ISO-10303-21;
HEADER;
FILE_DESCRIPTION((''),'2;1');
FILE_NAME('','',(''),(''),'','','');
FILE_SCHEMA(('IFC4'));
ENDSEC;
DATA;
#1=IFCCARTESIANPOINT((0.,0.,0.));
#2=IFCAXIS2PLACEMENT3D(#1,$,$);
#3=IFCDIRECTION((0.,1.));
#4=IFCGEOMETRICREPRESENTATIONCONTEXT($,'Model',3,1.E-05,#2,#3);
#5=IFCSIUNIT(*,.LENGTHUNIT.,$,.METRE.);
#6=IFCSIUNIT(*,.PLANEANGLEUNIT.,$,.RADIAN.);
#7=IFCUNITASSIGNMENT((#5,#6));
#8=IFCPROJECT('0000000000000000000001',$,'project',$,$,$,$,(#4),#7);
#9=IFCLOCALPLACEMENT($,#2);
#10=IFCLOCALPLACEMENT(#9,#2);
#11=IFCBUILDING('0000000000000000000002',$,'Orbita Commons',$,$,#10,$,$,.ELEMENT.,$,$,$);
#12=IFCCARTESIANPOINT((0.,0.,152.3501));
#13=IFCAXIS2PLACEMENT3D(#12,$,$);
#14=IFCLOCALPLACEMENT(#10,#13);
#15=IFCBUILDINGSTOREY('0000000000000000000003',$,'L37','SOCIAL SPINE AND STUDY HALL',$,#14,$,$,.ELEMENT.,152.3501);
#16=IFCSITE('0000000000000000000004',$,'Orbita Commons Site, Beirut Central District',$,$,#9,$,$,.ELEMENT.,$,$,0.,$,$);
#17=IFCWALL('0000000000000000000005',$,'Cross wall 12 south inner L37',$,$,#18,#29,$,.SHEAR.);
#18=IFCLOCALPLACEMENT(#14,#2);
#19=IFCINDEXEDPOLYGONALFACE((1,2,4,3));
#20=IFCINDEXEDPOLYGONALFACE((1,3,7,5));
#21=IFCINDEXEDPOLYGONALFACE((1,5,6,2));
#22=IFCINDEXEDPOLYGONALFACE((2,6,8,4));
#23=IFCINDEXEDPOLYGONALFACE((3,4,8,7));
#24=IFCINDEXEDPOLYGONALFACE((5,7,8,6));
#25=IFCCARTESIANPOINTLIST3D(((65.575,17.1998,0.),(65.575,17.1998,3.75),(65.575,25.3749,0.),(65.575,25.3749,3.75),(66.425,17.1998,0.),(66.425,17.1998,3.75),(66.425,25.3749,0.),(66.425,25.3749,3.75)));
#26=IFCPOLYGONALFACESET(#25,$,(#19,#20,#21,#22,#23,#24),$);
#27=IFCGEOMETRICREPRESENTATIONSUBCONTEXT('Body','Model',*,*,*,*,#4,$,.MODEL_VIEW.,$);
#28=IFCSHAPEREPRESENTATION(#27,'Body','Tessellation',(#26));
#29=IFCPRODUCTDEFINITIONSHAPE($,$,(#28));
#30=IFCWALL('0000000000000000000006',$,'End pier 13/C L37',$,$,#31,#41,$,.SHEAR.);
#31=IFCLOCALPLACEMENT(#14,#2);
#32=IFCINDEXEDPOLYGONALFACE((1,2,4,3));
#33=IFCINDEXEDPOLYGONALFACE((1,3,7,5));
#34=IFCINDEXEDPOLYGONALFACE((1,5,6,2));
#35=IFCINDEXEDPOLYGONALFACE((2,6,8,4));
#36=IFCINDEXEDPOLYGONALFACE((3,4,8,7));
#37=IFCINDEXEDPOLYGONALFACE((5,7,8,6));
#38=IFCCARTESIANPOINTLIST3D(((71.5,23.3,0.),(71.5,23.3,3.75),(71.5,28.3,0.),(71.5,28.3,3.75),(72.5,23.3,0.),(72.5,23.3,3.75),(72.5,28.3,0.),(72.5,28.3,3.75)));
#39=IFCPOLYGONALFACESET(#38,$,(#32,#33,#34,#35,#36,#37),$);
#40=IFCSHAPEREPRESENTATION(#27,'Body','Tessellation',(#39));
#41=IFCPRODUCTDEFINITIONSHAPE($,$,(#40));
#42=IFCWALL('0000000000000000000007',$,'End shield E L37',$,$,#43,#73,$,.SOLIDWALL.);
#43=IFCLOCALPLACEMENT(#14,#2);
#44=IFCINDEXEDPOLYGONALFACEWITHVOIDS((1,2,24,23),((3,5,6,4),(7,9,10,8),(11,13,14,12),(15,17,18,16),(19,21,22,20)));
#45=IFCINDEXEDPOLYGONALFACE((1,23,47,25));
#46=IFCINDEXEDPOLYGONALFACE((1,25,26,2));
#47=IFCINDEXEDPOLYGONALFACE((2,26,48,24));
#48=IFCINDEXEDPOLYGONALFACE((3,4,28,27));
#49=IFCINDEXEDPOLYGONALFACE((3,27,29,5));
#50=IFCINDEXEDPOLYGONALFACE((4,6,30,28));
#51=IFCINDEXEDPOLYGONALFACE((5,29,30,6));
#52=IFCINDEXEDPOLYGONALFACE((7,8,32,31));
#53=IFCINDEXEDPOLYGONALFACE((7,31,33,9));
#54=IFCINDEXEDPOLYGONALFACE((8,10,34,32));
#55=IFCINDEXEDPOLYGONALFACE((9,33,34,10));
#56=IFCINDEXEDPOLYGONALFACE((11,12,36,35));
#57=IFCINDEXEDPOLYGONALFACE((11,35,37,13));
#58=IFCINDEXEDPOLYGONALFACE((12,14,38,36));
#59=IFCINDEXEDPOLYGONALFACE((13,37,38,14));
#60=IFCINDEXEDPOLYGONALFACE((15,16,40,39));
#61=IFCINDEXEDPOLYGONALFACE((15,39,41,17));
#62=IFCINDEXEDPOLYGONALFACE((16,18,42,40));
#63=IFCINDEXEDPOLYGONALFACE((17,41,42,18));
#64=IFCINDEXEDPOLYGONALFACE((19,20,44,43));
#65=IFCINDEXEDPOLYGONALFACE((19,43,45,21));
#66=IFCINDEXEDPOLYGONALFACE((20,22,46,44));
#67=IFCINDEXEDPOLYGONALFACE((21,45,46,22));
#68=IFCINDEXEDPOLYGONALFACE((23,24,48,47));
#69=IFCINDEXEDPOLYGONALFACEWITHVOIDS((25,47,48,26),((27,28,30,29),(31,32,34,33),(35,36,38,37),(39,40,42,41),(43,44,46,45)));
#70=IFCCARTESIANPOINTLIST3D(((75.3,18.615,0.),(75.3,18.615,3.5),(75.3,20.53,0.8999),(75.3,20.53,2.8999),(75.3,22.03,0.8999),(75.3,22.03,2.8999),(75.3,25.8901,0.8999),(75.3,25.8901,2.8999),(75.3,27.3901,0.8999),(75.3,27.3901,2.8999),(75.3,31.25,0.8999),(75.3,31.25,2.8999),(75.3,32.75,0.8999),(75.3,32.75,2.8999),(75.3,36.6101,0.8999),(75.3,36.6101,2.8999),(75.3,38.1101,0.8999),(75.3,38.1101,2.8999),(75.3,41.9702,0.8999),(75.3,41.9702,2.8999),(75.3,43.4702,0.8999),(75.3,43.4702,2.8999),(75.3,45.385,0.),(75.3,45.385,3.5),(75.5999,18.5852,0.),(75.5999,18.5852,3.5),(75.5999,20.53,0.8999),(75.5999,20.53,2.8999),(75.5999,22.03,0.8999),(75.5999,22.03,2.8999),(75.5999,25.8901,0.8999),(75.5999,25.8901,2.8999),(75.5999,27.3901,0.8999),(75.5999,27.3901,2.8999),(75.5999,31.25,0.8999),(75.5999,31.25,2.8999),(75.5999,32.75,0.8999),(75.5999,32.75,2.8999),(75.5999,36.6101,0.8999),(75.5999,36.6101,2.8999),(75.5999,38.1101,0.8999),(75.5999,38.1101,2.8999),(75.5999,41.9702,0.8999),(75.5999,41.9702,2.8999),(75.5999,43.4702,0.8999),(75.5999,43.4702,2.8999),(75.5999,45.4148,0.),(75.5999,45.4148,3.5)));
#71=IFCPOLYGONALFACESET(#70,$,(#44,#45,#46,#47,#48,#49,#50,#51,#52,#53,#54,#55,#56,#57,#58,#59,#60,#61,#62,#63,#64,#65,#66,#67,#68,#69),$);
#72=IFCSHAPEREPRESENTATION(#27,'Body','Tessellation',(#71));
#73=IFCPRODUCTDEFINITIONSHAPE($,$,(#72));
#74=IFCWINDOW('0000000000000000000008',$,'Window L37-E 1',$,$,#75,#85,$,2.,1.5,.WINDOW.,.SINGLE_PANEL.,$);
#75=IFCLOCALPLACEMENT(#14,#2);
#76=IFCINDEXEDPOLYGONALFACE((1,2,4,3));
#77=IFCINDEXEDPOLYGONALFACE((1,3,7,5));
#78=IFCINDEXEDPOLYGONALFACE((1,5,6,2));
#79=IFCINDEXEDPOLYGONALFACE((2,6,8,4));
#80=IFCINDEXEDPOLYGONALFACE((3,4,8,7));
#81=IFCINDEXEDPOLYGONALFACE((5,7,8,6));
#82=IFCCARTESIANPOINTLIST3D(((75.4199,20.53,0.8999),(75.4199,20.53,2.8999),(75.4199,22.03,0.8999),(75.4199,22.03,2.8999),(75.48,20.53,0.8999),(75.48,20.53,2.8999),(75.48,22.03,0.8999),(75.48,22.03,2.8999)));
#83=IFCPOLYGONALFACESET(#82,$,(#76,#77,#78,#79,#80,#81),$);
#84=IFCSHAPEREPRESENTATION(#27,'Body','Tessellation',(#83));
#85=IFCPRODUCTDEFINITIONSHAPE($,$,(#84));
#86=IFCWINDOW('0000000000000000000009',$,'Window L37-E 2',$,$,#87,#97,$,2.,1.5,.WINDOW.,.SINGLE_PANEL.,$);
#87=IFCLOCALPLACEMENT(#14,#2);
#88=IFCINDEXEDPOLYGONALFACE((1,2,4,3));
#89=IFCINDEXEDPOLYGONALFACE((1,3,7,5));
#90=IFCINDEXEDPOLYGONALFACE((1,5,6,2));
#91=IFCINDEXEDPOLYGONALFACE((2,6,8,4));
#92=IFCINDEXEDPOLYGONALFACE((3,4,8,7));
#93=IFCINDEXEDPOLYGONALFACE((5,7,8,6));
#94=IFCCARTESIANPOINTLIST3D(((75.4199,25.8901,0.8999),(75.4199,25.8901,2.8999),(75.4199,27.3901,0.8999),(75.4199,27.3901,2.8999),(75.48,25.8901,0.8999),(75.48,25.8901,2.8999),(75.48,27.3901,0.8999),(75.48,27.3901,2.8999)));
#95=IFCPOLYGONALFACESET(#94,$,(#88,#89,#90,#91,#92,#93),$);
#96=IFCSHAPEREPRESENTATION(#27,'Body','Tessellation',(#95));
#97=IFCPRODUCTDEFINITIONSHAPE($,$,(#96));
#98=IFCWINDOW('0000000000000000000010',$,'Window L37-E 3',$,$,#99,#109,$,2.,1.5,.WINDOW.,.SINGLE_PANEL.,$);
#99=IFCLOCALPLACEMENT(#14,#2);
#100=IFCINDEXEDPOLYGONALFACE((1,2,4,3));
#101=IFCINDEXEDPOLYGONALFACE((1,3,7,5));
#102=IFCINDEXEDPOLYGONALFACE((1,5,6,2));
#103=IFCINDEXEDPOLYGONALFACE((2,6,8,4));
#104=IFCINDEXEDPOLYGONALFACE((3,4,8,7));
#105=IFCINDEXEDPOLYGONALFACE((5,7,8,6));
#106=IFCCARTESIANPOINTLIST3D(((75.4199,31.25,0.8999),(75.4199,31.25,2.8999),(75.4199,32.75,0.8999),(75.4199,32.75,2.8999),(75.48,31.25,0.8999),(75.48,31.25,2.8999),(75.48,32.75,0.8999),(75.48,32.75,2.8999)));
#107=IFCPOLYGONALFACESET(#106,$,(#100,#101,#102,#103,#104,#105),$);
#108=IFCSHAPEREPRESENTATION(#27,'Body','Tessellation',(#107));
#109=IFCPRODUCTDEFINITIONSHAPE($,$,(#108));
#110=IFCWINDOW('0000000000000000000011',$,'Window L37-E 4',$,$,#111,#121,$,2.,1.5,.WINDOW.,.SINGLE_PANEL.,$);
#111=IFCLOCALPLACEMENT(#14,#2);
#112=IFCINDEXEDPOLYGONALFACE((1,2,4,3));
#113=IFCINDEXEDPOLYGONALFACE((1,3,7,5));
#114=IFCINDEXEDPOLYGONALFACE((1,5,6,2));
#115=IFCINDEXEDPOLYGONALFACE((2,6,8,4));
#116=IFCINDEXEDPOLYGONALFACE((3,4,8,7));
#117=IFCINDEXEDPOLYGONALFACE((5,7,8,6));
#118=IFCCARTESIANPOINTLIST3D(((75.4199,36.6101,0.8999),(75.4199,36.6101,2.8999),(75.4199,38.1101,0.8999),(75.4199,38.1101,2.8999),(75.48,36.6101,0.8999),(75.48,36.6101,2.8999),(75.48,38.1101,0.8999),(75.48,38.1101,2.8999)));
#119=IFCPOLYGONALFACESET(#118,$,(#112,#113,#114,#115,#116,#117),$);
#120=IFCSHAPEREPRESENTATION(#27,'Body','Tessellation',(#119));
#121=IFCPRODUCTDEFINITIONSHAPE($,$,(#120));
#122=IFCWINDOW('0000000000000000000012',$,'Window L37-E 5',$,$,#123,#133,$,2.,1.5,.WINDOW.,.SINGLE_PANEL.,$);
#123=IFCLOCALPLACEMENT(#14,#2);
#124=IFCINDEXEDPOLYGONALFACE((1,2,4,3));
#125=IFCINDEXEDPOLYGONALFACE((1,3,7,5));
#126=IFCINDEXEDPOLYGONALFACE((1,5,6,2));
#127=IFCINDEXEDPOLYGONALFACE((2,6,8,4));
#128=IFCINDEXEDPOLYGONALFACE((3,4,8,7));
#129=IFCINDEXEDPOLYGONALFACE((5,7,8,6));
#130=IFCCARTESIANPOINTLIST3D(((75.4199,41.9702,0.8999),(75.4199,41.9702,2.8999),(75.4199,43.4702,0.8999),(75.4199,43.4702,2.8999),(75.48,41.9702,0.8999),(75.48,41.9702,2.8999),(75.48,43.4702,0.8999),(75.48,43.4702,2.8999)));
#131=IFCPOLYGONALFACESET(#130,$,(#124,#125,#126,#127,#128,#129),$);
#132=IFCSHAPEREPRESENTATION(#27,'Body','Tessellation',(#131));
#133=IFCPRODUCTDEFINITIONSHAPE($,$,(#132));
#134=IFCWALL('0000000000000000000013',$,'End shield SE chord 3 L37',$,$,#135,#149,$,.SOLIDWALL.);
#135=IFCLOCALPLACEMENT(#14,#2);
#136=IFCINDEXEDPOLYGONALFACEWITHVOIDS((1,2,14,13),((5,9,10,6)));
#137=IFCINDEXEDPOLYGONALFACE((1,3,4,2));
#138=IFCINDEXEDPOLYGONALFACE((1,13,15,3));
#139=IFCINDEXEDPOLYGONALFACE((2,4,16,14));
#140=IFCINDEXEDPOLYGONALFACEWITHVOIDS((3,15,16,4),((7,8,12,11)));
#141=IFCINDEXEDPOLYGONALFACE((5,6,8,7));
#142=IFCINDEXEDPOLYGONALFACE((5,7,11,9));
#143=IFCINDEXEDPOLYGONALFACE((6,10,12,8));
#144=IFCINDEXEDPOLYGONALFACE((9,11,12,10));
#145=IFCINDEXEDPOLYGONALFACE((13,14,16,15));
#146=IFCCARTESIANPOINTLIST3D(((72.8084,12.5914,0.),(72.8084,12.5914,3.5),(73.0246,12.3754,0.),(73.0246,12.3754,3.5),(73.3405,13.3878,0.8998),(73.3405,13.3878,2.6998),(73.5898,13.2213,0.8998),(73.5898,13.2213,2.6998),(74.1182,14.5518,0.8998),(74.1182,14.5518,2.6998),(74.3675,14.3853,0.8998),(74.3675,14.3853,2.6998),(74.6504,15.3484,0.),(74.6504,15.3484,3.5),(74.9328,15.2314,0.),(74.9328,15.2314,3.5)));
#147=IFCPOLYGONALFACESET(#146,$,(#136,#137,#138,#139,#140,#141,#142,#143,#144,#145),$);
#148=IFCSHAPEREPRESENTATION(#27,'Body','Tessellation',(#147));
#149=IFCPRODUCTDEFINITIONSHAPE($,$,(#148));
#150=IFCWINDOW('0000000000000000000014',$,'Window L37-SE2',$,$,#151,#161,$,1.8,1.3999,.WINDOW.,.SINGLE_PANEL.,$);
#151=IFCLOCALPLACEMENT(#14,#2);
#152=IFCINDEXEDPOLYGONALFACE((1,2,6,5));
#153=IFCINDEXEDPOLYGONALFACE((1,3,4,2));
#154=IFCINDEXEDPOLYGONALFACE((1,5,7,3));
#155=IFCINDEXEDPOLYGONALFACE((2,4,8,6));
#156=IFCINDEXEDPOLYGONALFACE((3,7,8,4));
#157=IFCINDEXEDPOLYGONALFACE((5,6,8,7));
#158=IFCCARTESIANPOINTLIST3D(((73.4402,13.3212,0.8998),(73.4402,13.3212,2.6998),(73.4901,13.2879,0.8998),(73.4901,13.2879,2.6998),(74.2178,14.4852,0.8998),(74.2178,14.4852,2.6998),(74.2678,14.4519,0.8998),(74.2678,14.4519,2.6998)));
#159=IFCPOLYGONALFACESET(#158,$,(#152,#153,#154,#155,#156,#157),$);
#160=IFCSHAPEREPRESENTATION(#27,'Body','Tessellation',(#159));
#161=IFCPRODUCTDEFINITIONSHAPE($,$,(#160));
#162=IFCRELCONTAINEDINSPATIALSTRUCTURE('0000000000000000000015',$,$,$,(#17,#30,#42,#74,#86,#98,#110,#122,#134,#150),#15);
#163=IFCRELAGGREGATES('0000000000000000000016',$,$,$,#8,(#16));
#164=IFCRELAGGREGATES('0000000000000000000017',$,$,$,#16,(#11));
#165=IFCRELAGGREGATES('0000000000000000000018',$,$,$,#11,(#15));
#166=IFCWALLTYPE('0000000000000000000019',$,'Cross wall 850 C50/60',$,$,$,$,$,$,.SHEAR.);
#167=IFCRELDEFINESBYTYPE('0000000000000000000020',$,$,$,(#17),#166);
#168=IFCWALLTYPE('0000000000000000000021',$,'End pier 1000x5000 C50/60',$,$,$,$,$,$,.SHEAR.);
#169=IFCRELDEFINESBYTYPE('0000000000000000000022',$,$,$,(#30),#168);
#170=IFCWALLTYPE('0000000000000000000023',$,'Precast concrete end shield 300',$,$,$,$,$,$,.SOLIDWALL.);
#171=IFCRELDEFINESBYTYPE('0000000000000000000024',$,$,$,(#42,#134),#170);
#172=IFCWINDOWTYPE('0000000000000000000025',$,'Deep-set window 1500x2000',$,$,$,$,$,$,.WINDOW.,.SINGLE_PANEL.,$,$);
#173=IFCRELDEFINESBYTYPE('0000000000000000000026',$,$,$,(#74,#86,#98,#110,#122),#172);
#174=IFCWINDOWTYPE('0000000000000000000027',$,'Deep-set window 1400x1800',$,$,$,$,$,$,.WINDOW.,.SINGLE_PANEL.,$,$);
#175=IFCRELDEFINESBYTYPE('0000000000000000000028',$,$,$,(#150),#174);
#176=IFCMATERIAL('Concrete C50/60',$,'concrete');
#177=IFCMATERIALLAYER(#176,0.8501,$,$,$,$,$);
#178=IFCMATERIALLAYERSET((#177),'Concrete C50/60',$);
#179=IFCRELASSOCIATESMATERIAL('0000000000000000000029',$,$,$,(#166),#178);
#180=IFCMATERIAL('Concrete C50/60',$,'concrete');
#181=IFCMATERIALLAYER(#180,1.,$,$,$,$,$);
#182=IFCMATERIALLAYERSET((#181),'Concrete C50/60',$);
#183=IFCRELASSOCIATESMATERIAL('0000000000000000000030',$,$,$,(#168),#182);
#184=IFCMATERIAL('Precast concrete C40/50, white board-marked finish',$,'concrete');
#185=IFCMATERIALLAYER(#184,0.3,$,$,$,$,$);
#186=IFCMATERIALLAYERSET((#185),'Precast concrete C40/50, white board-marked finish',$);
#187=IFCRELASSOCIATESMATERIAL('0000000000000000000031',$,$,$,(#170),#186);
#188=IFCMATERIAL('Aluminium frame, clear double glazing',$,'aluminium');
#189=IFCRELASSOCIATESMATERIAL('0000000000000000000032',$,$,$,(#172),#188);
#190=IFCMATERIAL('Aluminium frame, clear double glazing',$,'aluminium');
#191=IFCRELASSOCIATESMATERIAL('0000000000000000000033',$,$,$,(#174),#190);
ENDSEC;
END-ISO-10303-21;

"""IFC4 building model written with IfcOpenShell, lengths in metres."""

from ifc_helpers import new_model, si_unit, direction, frame, frame_2d, origin, place, context, subcontext, project, spatial, polyline, rectangle, outline, extrude, material, layer, layer_set, type_object, element, fill, save


model = new_model("IFC4")

# Units and contexts
model_context = context("Model", 3, precision=1e-05, world=origin(), true_north=direction((0.0, 1.0)))
body_context = subcontext(model_context, "Body", "Model", "MODEL_VIEW")
ifc_project = project(units=[si_unit("LENGTHUNIT", "METRE"), si_unit("PLANEANGLEUNIT", "RADIAN")], contexts=[model_context])

# Site, building, storey
site_placement = place(None, origin())
site = spatial("IfcSite", under=ifc_project, at=site_placement, Name="Orbita Commons Site, Beirut Central District", CompositionType="ELEMENT", RefElevation=0.0)
building_placement = place(site_placement, origin())
building = spatial("IfcBuilding", under=site, at=building_placement, Name="Orbita Commons", CompositionType="ELEMENT")
storey_placement = place(building_placement, frame((0.0, 0.0, 152.3501)))
storey = spatial("IfcBuildingStorey", under=building, at=storey_placement, Name="L37", Description="SOCIAL SPINE AND STUDY HALL", CompositionType="ELEMENT", Elevation=152.3501)

# Walls
ifc_material_1 = material(Name="Concrete C50/60", Category="concrete")
ifc_layer_1 = layer(ifc_material_1, 0.8501)
ifc_layer_set_1 = layer_set([ifc_layer_1], Name="Concrete C50/60")
wall_type_1 = type_object("IfcWallType", Name="Cross wall 850 C50/60", PredefinedType="SHEAR", material=ifc_layer_set_1)
wall_1_placement = place(storey_placement, frame((66.0, 17.2, 0.0), z_axis=(0.0, 0.0, 1.0), x_axis=(0.0, 1.0, 0.0)))
element("IfcWall", 1, at=wall_1_placement, inside=storey, type_object=wall_type_1, Name="Cross wall 12 south inner L37", PredefinedType="SHEAR", context=body_context, shape_type="SweptSolid", body=[
    extrude(rectangle(XDim=8.175, YDim=0.8501, at=frame_2d((4.0874, 0.0))), origin(), (0.0, 0.0, 1.0), 3.75),
])
ifc_material_2 = material(Name="Concrete C50/60", Category="concrete")
ifc_layer_2 = layer(ifc_material_2, 1.0)
ifc_layer_set_2 = layer_set([ifc_layer_2], Name="Concrete C50/60")
wall_type_2 = type_object("IfcWallType", Name="End pier 1000x5000 C50/60", PredefinedType="SHEAR", material=ifc_layer_set_2)
wall_2_placement = place(storey_placement, frame((72.0, 23.3, 0.0), z_axis=(0.0, 0.0, 1.0), x_axis=(0.0, 1.0, 0.0)))
element("IfcWall", 2, at=wall_2_placement, inside=storey, type_object=wall_type_2, Name="End pier 13/C L37", PredefinedType="SHEAR", context=body_context, shape_type="SweptSolid", body=[
    extrude(rectangle(XDim=5.0, YDim=1.0, at=frame_2d((2.5, 0.0))), origin(), (0.0, 0.0, 1.0), 3.75),
])

# Wall, openings, windows
ifc_material_3 = material(Name="Precast concrete C40/50, white board-marked finish", Category="concrete")
ifc_layer_3 = layer(ifc_material_3, 0.3)
ifc_layer_set_3 = layer_set([ifc_layer_3], Name="Precast concrete C40/50, white board-marked finish")
wall_type_3 = type_object("IfcWallType", Name="Precast concrete end shield 300", PredefinedType="SOLIDWALL", material=ifc_layer_set_3)
wall_3_placement = place(storey_placement, frame((75.45, 18.6001, 0.0), z_axis=(0.0, 0.0, 1.0), x_axis=(0.0, 1.0, 0.0)))
wall_3 = element("IfcWall", 3, at=wall_3_placement, inside=storey, type_object=wall_type_3, Name="End shield E L37", PredefinedType="SOLIDWALL", context=body_context, shape_type="SweptSolid", body=[
    extrude(outline(polyline([(-0.0149, -0.1499), (26.8147, -0.1499), (26.7849, 0.1499), (0.0149, 0.1499), (-0.0149, -0.1499)])), origin(), (0.0, 0.0, 1.0), 3.5),
])
opening_1_placement = place(wall_3_placement, frame((1.9299, 0.0, 0.8999)))
opening_1 = element("IfcOpeningElement", 4, at=opening_1_placement, cuts=wall_3, PredefinedType="OPENING", context=body_context, shape_type="SweptSolid", body=[
    extrude(rectangle(XDim=1.5, YDim=2.0, at=frame_2d((0.75, 1.0))), frame((0.0, 0.1599, 0.0), z_axis=(0.0, -1.0, 0.0), x_axis=(1.0, 0.0, 0.0)), (0.0, 0.0, 1.0), 0.3201),
])
opening_2_placement = place(wall_3_placement, frame((7.29, 0.0, 0.8999)))
opening_2 = element("IfcOpeningElement", 5, at=opening_2_placement, cuts=wall_3, PredefinedType="OPENING", context=body_context, shape_type="SweptSolid", body=[
    extrude(rectangle(XDim=1.5, YDim=2.0, at=frame_2d((0.75, 1.0))), frame((0.0, 0.1599, 0.0), z_axis=(0.0, -1.0, 0.0), x_axis=(1.0, 0.0, 0.0)), (0.0, 0.0, 1.0), 0.3201),
])
opening_3_placement = place(wall_3_placement, frame((12.6499, 0.0, 0.8999)))
opening_3 = element("IfcOpeningElement", 6, at=opening_3_placement, cuts=wall_3, PredefinedType="OPENING", context=body_context, shape_type="SweptSolid", body=[
    extrude(rectangle(XDim=1.5, YDim=2.0, at=frame_2d((0.75, 1.0))), frame((0.0, 0.1599, 0.0), z_axis=(0.0, -1.0, 0.0), x_axis=(1.0, 0.0, 0.0)), (0.0, 0.0, 1.0), 0.3201),
])
opening_4_placement = place(wall_3_placement, frame((18.01, 0.0, 0.8999)))
opening_4 = element("IfcOpeningElement", 7, at=opening_4_placement, cuts=wall_3, PredefinedType="OPENING", context=body_context, shape_type="SweptSolid", body=[
    extrude(rectangle(XDim=1.5, YDim=2.0, at=frame_2d((0.75, 1.0))), frame((0.0, 0.1599, 0.0), z_axis=(0.0, -1.0, 0.0), x_axis=(1.0, 0.0, 0.0)), (0.0, 0.0, 1.0), 0.3201),
])
opening_5_placement = place(wall_3_placement, frame((23.3701, 0.0, 0.8999)))
opening_5 = element("IfcOpeningElement", 8, at=opening_5_placement, cuts=wall_3, PredefinedType="OPENING", context=body_context, shape_type="SweptSolid", body=[
    extrude(rectangle(XDim=1.5, YDim=2.0, at=frame_2d((0.75, 1.0))), frame((0.0, 0.1599, 0.0), z_axis=(0.0, -1.0, 0.0), x_axis=(1.0, 0.0, 0.0)), (0.0, 0.0, 1.0), 0.3201),
])
ifc_material_4 = material(Name="Aluminium frame, clear double glazing", Category="aluminium")
window_type_1 = type_object("IfcWindowType", Name="Deep-set window 1500x2000", PartitioningType="SINGLE_PANEL", PredefinedType="WINDOW", material=ifc_material_4)
window_1_placement = place(opening_1_placement, origin())
window_1 = element("IfcWindow", 9, at=window_1_placement, inside=storey, type_object=window_type_1, Name="Window L37-E 1", OverallHeight=2.0, OverallWidth=1.5, PartitioningType="SINGLE_PANEL", PredefinedType="WINDOW", context=body_context, shape_type="SweptSolid", body=[
    extrude(rectangle(XDim=1.5, YDim=2.0, at=frame_2d((0.75, 1.0))), frame((0.0, 0.03, 0.0), z_axis=(0.0, -1.0, 0.0), x_axis=(1.0, 0.0, 0.0)), (0.0, 0.0, 1.0), 0.0601),
])
fill(opening_1, window_1)
window_2_placement = place(opening_2_placement, origin())
window_2 = element("IfcWindow", 10, at=window_2_placement, inside=storey, type_object=window_type_1, Name="Window L37-E 2", OverallHeight=2.0, OverallWidth=1.5, PartitioningType="SINGLE_PANEL", PredefinedType="WINDOW", context=body_context, shape_type="SweptSolid", body=[
    extrude(rectangle(XDim=1.5, YDim=2.0, at=frame_2d((0.75, 1.0))), frame((0.0, 0.03, 0.0), z_axis=(0.0, -1.0, 0.0), x_axis=(1.0, 0.0, 0.0)), (0.0, 0.0, 1.0), 0.0601),
])
fill(opening_2, window_2)
window_3_placement = place(opening_3_placement, origin())
window_3 = element("IfcWindow", 11, at=window_3_placement, inside=storey, type_object=window_type_1, Name="Window L37-E 3", OverallHeight=2.0, OverallWidth=1.5, PartitioningType="SINGLE_PANEL", PredefinedType="WINDOW", context=body_context, shape_type="SweptSolid", body=[
    extrude(rectangle(XDim=1.5, YDim=2.0, at=frame_2d((0.75, 1.0))), frame((0.0, 0.03, 0.0), z_axis=(0.0, -1.0, 0.0), x_axis=(1.0, 0.0, 0.0)), (0.0, 0.0, 1.0), 0.0601),
])
fill(opening_3, window_3)
window_4_placement = place(opening_4_placement, origin())
window_4 = element("IfcWindow", 12, at=window_4_placement, inside=storey, type_object=window_type_1, Name="Window L37-E 4", OverallHeight=2.0, OverallWidth=1.5, PartitioningType="SINGLE_PANEL", PredefinedType="WINDOW", context=body_context, shape_type="SweptSolid", body=[
    extrude(rectangle(XDim=1.5, YDim=2.0, at=frame_2d((0.75, 1.0))), frame((0.0, 0.03, 0.0), z_axis=(0.0, -1.0, 0.0), x_axis=(1.0, 0.0, 0.0)), (0.0, 0.0, 1.0), 0.0601),
])
fill(opening_4, window_4)
window_5_placement = place(opening_5_placement, origin())
window_5 = element("IfcWindow", 13, at=window_5_placement, inside=storey, type_object=window_type_1, Name="Window L37-E 5", OverallHeight=2.0, OverallWidth=1.5, PartitioningType="SINGLE_PANEL", PredefinedType="WINDOW", context=body_context, shape_type="SweptSolid", body=[
    extrude(rectangle(XDim=1.5, YDim=2.0, at=frame_2d((0.75, 1.0))), frame((0.0, 0.03, 0.0), z_axis=(0.0, -1.0, 0.0), x_axis=(1.0, 0.0, 0.0)), (0.0, 0.0, 1.0), 0.0601),
])
fill(opening_5, window_5)

# Wall, opening, window
wall_4_placement = place(storey_placement, frame((72.9165, 12.4834, 0.0), z_axis=(0.0, 0.0, 1.0), x_axis=(0.555535, 0.831493, 0.0)))
wall_4 = element("IfcWall", 14, at=wall_4_placement, inside=storey, type_object=wall_type_3, Name="End shield SE chord 3 L37", PredefinedType="SOLIDWALL", context=body_context, shape_type="SweptSolid", body=[
    extrude(outline(polyline([(-0.0298, -0.1499), (3.405, -0.1499), (3.3455, 0.1499), (0.0298, 0.1499), (-0.0298, -0.1499)])), origin(), (0.0, 0.0, 1.0), 3.5),
])
opening_6_placement = place(wall_4_placement, frame((0.9875, 0.0, 0.8999)))
opening_6 = element("IfcOpeningElement", 15, at=opening_6_placement, cuts=wall_4, PredefinedType="OPENING", context=body_context, shape_type="SweptSolid", body=[
    extrude(rectangle(XDim=1.3999, YDim=1.8, at=frame_2d((0.7, 0.8999))), frame((0.0, 0.1599, 0.0), z_axis=(0.0, -1.0, 0.0), x_axis=(1.0, 0.0, 0.0)), (0.0, 0.0, 1.0), 0.3201),
])
ifc_material_5 = material(Name="Aluminium frame, clear double glazing", Category="aluminium")
window_type_2 = type_object("IfcWindowType", Name="Deep-set window 1400x1800", PartitioningType="SINGLE_PANEL", PredefinedType="WINDOW", material=ifc_material_5)
window_6_placement = place(opening_6_placement, origin())
window_6 = element("IfcWindow", 16, at=window_6_placement, inside=storey, type_object=window_type_2, Name="Window L37-SE2", OverallHeight=1.8, OverallWidth=1.3999, PartitioningType="SINGLE_PANEL", PredefinedType="WINDOW", context=body_context, shape_type="SweptSolid", body=[
    extrude(rectangle(XDim=1.3999, YDim=1.8, at=frame_2d((0.7, 0.8999))), frame((0.0, 0.03, 0.0), z_axis=(0.0, -1.0, 0.0), x_axis=(1.0, 0.0, 0.0)), (0.0, 0.0, 1.0), 0.0601),
])
fill(opening_6, window_6)

save(model, "model.ifc")
